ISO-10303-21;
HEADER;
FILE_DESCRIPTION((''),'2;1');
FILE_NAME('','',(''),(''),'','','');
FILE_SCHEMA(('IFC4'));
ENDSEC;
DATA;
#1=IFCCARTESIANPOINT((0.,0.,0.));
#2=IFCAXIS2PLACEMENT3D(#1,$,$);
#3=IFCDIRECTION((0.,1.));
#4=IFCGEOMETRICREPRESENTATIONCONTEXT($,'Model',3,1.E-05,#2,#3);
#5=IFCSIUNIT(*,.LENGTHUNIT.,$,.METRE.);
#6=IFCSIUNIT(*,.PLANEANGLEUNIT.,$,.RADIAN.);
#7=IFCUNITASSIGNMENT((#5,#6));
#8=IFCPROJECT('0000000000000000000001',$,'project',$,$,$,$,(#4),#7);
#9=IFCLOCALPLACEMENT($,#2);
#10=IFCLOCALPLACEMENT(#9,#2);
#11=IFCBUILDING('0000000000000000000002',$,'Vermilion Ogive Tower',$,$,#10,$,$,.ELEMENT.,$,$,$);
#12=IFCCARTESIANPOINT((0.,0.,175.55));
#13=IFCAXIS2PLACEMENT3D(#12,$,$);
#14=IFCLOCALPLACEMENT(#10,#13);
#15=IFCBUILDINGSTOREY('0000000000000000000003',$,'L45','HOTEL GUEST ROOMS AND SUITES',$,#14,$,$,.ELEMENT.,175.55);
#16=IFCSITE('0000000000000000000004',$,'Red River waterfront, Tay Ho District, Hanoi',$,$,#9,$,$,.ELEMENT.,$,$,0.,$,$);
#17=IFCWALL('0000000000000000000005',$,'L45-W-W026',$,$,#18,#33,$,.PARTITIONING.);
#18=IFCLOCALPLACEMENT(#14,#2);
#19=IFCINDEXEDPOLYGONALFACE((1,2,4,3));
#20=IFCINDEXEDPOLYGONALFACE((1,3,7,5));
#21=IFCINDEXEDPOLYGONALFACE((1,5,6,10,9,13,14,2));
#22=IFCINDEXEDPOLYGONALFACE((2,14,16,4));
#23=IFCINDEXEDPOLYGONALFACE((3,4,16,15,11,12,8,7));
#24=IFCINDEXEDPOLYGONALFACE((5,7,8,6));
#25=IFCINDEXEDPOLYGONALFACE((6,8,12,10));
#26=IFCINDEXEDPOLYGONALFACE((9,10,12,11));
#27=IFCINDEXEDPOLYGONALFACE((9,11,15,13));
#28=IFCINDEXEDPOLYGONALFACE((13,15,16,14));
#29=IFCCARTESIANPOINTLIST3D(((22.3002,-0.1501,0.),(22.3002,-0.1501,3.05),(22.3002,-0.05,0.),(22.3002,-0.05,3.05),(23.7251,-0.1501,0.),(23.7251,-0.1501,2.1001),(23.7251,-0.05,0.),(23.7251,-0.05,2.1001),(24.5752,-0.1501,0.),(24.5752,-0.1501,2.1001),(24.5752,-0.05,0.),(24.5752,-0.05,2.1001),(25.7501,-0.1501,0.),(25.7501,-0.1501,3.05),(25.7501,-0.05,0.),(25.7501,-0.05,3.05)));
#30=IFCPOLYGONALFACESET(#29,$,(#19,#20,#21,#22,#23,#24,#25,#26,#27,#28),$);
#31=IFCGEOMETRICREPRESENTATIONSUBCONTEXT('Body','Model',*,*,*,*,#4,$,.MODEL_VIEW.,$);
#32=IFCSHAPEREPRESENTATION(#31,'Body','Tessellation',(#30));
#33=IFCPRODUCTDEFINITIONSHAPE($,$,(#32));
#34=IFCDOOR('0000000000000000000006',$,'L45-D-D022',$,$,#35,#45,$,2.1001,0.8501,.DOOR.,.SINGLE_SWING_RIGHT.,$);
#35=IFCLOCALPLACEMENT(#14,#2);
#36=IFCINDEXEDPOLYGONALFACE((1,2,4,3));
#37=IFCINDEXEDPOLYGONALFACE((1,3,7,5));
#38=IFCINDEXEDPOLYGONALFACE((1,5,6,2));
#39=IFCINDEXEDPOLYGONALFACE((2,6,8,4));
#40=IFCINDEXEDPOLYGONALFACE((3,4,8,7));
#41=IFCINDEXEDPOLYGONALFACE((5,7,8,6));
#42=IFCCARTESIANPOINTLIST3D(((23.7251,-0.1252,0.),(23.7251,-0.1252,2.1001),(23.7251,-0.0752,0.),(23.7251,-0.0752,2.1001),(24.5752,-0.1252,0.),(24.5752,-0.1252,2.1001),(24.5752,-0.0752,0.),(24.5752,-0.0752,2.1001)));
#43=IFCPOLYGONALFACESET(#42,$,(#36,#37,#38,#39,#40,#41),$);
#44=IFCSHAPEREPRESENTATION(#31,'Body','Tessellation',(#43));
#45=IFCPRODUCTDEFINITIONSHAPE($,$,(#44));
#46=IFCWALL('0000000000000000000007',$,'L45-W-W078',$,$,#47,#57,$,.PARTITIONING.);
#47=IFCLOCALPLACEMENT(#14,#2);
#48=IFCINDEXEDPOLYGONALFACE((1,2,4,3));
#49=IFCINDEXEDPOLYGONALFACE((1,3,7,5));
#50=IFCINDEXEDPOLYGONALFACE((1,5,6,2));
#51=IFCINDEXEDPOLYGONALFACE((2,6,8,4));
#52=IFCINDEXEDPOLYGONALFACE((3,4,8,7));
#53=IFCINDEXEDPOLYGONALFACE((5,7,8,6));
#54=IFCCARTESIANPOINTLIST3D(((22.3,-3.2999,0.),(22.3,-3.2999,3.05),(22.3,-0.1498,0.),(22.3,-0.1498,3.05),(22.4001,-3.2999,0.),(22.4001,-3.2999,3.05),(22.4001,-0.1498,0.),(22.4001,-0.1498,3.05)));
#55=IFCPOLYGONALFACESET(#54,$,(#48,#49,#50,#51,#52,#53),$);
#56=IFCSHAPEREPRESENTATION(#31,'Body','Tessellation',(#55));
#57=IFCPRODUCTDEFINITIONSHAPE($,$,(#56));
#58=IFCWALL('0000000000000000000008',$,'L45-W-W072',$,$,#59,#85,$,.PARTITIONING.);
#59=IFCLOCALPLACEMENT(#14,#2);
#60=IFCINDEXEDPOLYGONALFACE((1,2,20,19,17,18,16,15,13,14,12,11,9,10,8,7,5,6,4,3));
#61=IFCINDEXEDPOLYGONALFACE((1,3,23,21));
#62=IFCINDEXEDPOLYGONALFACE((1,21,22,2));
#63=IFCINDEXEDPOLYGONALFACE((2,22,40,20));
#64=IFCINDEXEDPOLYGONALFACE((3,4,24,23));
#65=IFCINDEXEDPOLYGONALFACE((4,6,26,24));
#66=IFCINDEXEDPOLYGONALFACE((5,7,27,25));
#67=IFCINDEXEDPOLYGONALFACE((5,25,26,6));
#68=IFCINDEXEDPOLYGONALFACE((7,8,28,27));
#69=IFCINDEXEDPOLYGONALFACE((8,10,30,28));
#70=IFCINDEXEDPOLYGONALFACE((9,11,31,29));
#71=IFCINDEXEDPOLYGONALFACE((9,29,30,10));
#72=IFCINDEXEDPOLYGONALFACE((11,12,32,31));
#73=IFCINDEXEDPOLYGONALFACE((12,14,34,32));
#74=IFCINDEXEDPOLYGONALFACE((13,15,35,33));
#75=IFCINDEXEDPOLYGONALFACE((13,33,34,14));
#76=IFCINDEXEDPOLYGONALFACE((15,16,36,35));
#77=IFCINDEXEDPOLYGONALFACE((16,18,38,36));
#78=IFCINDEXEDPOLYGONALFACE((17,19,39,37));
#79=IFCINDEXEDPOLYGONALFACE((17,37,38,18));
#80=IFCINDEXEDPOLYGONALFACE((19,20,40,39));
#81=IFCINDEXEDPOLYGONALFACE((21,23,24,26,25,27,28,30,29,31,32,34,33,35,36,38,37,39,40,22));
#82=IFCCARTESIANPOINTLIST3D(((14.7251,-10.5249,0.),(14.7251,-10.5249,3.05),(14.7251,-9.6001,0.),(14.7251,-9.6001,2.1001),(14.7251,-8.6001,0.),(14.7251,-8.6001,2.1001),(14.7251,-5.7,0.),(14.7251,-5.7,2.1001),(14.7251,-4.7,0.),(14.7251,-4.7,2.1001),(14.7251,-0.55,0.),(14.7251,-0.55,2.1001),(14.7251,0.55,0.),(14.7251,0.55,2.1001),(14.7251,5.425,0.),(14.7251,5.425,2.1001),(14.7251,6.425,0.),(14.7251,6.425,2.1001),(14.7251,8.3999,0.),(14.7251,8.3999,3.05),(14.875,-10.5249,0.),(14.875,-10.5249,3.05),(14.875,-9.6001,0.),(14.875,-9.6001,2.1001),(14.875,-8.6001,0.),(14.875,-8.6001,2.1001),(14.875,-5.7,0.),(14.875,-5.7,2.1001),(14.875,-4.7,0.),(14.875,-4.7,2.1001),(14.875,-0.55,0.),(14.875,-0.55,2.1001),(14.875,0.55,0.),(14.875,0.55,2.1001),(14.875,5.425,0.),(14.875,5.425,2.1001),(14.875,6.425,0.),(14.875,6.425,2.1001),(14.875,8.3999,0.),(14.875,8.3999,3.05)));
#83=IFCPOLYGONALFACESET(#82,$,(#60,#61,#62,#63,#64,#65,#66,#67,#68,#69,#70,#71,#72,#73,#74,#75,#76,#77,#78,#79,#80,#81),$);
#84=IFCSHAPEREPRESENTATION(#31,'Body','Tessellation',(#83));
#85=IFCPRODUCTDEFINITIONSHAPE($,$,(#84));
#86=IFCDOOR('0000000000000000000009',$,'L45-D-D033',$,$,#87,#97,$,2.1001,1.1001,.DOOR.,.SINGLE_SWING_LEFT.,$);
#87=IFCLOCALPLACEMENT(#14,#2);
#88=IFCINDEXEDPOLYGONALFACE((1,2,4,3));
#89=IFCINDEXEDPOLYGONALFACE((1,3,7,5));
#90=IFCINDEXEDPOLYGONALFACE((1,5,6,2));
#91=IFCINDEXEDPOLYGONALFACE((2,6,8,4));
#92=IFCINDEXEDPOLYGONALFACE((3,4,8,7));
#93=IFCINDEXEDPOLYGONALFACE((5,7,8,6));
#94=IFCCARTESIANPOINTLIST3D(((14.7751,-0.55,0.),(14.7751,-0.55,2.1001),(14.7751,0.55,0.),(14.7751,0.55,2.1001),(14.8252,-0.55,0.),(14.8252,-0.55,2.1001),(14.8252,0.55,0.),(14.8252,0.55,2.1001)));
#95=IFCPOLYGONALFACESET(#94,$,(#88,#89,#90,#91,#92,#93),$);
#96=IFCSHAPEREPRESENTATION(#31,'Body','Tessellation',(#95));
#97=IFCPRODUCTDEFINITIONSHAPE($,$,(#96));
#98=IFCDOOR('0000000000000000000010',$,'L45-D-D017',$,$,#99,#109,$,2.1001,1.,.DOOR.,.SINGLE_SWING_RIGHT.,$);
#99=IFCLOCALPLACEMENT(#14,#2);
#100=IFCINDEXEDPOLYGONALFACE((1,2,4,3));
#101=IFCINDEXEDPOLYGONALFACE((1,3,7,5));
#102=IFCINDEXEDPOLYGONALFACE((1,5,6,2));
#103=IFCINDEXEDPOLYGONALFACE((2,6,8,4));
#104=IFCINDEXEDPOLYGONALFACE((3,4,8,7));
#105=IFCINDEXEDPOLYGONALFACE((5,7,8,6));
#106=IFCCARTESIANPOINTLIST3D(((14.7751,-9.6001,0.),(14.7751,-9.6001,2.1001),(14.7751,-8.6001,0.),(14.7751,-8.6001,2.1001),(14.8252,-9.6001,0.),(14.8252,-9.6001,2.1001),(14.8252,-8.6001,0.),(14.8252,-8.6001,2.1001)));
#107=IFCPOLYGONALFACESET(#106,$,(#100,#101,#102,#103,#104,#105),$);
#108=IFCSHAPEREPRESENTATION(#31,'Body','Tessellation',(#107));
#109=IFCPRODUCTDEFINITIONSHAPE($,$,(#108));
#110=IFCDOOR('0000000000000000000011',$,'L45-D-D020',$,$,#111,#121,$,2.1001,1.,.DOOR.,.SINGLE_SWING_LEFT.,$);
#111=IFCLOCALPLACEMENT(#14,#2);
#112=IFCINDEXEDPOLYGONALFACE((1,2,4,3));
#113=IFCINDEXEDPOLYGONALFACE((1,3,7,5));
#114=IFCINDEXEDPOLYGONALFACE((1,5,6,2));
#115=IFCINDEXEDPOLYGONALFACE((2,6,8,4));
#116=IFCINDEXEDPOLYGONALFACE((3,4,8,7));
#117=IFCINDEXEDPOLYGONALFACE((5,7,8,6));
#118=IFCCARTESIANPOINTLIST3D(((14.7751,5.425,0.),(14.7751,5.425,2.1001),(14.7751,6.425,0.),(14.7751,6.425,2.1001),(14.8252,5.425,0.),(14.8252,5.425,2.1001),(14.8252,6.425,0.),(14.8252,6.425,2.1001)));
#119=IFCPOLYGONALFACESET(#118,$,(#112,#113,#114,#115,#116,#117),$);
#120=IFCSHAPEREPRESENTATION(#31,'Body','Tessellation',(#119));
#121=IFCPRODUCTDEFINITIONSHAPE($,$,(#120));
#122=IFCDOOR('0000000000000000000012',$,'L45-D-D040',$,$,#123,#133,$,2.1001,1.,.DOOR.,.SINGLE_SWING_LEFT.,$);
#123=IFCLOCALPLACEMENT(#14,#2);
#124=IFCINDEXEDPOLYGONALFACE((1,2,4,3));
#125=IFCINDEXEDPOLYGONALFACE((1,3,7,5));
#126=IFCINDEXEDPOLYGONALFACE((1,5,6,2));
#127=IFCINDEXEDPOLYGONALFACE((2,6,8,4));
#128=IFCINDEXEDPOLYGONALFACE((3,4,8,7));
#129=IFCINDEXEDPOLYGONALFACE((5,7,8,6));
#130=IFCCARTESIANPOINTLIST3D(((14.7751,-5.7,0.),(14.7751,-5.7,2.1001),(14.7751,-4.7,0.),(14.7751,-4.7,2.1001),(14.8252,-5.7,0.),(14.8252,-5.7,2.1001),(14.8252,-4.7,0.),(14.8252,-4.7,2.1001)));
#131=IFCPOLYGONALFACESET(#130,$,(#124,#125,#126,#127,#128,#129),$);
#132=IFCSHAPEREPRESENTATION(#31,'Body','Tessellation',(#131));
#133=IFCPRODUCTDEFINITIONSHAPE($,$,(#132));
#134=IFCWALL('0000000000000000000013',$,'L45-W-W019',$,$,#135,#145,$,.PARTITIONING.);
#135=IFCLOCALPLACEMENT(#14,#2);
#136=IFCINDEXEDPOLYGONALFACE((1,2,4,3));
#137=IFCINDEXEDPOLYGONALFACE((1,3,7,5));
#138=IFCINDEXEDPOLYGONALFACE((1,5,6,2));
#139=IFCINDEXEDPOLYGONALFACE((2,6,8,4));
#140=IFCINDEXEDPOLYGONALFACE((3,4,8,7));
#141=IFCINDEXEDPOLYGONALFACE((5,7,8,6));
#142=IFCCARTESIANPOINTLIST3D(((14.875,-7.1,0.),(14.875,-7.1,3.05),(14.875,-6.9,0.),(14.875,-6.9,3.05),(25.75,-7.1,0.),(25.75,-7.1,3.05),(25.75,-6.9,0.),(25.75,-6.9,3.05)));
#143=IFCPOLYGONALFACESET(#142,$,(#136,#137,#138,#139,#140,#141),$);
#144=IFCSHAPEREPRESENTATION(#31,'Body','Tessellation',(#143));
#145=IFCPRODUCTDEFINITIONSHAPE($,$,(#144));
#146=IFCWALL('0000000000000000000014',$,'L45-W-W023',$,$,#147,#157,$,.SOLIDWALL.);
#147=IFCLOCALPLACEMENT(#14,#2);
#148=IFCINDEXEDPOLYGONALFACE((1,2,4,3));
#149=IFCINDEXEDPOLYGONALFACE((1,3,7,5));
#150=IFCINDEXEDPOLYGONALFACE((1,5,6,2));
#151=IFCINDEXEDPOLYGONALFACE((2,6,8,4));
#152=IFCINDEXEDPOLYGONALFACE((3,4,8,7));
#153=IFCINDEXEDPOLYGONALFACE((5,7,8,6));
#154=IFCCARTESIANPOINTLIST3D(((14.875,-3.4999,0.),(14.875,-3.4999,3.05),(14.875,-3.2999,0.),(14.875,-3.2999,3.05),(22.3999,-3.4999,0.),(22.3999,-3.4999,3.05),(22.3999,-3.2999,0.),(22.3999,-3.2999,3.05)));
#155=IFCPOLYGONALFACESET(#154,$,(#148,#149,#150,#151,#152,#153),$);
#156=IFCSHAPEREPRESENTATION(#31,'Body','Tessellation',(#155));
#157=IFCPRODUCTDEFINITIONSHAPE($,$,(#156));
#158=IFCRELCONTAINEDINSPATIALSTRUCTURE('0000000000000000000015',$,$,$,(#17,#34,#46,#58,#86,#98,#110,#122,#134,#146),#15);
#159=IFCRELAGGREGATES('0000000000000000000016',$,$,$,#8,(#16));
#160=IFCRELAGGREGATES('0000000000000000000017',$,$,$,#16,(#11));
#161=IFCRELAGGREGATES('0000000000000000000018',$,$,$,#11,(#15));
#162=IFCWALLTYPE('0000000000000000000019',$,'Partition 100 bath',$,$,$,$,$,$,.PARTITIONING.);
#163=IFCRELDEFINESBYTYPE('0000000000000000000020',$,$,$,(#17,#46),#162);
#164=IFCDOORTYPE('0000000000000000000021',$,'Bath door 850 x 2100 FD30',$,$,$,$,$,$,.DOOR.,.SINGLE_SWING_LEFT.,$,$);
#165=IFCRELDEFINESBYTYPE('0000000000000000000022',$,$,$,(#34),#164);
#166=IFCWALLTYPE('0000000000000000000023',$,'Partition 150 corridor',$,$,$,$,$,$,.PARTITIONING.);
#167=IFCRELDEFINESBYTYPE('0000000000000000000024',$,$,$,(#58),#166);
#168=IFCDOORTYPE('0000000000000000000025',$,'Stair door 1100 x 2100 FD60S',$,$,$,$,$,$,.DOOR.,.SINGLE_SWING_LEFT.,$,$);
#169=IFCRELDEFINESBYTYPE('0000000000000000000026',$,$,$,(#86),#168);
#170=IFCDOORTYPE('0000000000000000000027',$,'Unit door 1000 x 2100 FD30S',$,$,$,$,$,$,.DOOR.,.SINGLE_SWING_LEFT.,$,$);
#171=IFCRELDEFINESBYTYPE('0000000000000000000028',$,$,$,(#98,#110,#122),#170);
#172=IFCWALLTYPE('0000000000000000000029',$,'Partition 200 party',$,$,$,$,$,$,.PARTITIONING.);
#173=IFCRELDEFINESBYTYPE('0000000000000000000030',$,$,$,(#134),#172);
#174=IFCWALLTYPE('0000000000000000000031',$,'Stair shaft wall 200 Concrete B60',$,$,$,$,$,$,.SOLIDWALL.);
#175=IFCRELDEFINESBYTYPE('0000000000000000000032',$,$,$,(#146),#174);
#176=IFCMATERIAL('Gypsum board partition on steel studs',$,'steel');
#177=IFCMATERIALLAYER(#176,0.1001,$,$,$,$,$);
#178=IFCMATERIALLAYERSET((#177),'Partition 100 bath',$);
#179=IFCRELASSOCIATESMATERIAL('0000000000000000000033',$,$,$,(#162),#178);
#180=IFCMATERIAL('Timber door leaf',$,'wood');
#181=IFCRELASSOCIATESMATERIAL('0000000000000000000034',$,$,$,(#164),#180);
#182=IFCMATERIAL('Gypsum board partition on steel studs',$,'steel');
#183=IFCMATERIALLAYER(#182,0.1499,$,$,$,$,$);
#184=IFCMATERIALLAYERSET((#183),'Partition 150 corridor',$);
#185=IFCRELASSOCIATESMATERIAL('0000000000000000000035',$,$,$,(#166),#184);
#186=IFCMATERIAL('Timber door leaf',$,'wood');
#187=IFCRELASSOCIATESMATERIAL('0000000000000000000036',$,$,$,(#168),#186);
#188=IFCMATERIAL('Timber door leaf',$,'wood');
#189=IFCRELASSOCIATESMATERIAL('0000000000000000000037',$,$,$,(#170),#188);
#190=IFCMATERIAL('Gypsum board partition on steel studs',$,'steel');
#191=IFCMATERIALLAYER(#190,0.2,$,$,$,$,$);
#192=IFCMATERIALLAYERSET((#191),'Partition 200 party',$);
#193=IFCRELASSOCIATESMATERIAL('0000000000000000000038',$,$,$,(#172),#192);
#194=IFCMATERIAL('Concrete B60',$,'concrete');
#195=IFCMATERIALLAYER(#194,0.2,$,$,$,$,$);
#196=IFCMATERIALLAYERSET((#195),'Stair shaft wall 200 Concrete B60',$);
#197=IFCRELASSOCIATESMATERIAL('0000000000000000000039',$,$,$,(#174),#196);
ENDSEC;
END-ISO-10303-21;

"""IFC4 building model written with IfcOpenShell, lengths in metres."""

from ifc_helpers import new_model, si_unit, direction, frame, frame_2d, origin, place, context, subcontext, project, spatial, rectangle, extrude, material, layer, layer_set, type_object, element, fill, save


model = new_model("IFC4")

# Units and contexts
model_context = context("Model", 3, precision=1e-05, world=origin(), true_north=direction((0.0, 1.0)))
body_context = subcontext(model_context, "Body", "Model", "MODEL_VIEW")
ifc_project = project(units=[si_unit("LENGTHUNIT", "METRE"), si_unit("PLANEANGLEUNIT", "RADIAN")], contexts=[model_context])

# Site, building, storey
site_placement = place(None, origin())
site = spatial("IfcSite", under=ifc_project, at=site_placement, Name="Red River waterfront, Tay Ho District, Hanoi", CompositionType="ELEMENT", RefElevation=0.0)
building_placement = place(site_placement, origin())
building = spatial("IfcBuilding", under=site, at=building_placement, Name="Vermilion Ogive Tower", CompositionType="ELEMENT")
storey_placement = place(building_placement, frame((0.0, 0.0, 175.55)))
storey = spatial("IfcBuildingStorey", under=building, at=storey_placement, Name="L45", Description="HOTEL GUEST ROOMS AND SUITES", CompositionType="ELEMENT", Elevation=175.55)

# Shared definitions
ifc_material_1 = material(Name="Gypsum board partition on steel studs", Category="steel")
ifc_layer_1 = layer(ifc_material_1, 0.1001)
ifc_layer_set_1 = layer_set([ifc_layer_1], Name="Partition 100 bath")
wall_type_1 = type_object("IfcWallType", Name="Partition 100 bath", PredefinedType="PARTITIONING", material=ifc_layer_set_1)

# Wall, opening, door
wall_1_placement = place(storey_placement, frame((22.3, -0.1001, 0.0), z_axis=(0.0, 0.0, 1.0), x_axis=(1.0, 0.0, 0.0)))
wall_1 = element("IfcWall", 1, at=wall_1_placement, inside=storey, type_object=wall_type_1, Name="L45-W-W026", PredefinedType="PARTITIONING", context=body_context, shape_type="SweptSolid", body=[
    extrude(rectangle(XDim=3.45, YDim=0.1001, at=frame_2d((1.7251, 0.0))), origin(), (0.0, 0.0, 1.0), 3.05),
])
opening_1_placement = place(wall_1_placement, frame((1.425, 0.0, 0.0)))
opening_1 = element("IfcOpeningElement", 2, at=opening_1_placement, cuts=wall_1, PredefinedType="OPENING", context=body_context, shape_type="SweptSolid", body=[
    extrude(rectangle(XDim=0.8501, YDim=2.1001, at=frame_2d((0.425, 1.05))), frame((0.0, 0.0601, 0.0), z_axis=(0.0, -1.0, 0.0), x_axis=(1.0, 0.0, 0.0)), (0.0, 0.0, 1.0), 0.1201),
])
ifc_material_2 = material(Name="Timber door leaf", Category="wood")
door_type_1 = type_object("IfcDoorType", Name="Bath door 850 x 2100 FD30", OperationType="SINGLE_SWING_LEFT", PredefinedType="DOOR", material=ifc_material_2)
door_1_placement = place(opening_1_placement, origin())
door_1 = element("IfcDoor", 3, at=door_1_placement, inside=storey, type_object=door_type_1, Name="L45-D-D022", OperationType="SINGLE_SWING_RIGHT", OverallHeight=2.1001, OverallWidth=0.8501, PredefinedType="DOOR", context=body_context, shape_type="SweptSolid", body=[
    extrude(rectangle(XDim=0.8501, YDim=2.1001, at=frame_2d((0.425, 1.05))), frame((0.0, 0.0249, 0.0), z_axis=(0.0, -1.0, 0.0), x_axis=(1.0, 0.0, 0.0)), (0.0, 0.0, 1.0), 0.05),
])
fill(opening_1, door_1)

# Wall
wall_2_placement = place(storey_placement, frame((22.3501, -3.3, 0.0), z_axis=(0.0, 0.0, 1.0), x_axis=(0.0, 1.0, 0.0)))
element("IfcWall", 4, at=wall_2_placement, inside=storey, type_object=wall_type_1, Name="L45-W-W078", PredefinedType="PARTITIONING", context=body_context, shape_type="SweptSolid", body=[
    extrude(rectangle(XDim=3.1501, YDim=0.1001, at=frame_2d((1.5752, 0.0))), origin(), (0.0, 0.0, 1.0), 3.05),
])

# Wall, openings, doors
ifc_material_3 = material(Name="Gypsum board partition on steel studs", Category="steel")
ifc_layer_2 = layer(ifc_material_3, 0.1499)
ifc_layer_set_2 = layer_set([ifc_layer_2], Name="Partition 150 corridor")
wall_type_2 = type_object("IfcWallType", Name="Partition 150 corridor", PredefinedType="PARTITIONING", material=ifc_layer_set_2)
wall_3_placement = place(storey_placement, frame((14.8, -10.5249, 0.0), z_axis=(0.0, 0.0, 1.0), x_axis=(0.0, 1.0, 0.0)))
wall_3 = element("IfcWall", 5, at=wall_3_placement, inside=storey, type_object=wall_type_2, Name="L45-W-W072", PredefinedType="PARTITIONING", context=body_context, shape_type="SweptSolid", body=[
    extrude(rectangle(XDim=18.9248, YDim=0.1499, at=frame_2d((9.4624, 0.0))), origin(), (0.0, 0.0, 1.0), 3.05),
])
opening_2_placement = place(wall_3_placement, frame((0.9248, 0.0, 0.0)))
opening_2 = element("IfcOpeningElement", 6, at=opening_2_placement, cuts=wall_3, PredefinedType="OPENING", context=body_context, shape_type="SweptSolid", body=[
    extrude(rectangle(XDim=1.0, YDim=2.1001, at=frame_2d((0.5, 1.05))), frame((0.0, 0.085, 0.0), z_axis=(0.0, -1.0, 0.0), x_axis=(1.0, 0.0, 0.0)), (0.0, 0.0, 1.0), 0.1699),
])
opening_3_placement = place(wall_3_placement, frame((15.95, 0.0, 0.0)))
opening_3 = element("IfcOpeningElement", 7, at=opening_3_placement, cuts=wall_3, PredefinedType="OPENING", context=body_context, shape_type="SweptSolid", body=[
    extrude(rectangle(XDim=1.0, YDim=2.1001, at=frame_2d((0.5, 1.05))), frame((0.0, 0.085, 0.0), z_axis=(0.0, -1.0, 0.0), x_axis=(1.0, 0.0, 0.0)), (0.0, 0.0, 1.0), 0.1699),
])
opening_4_placement = place(wall_3_placement, frame((9.9749, 0.0, 0.0)))
opening_4 = element("IfcOpeningElement", 8, at=opening_4_placement, cuts=wall_3, PredefinedType="OPENING", context=body_context, shape_type="SweptSolid", body=[
    extrude(rectangle(XDim=1.1001, YDim=2.1001, at=frame_2d((0.55, 1.05))), frame((0.0, 0.085, 0.0), z_axis=(0.0, -1.0, 0.0), x_axis=(1.0, 0.0, 0.0)), (0.0, 0.0, 1.0), 0.1699),
])
opening_5_placement = place(wall_3_placement, frame((4.825, 0.0, 0.0)))
opening_5 = element("IfcOpeningElement", 9, at=opening_5_placement, cuts=wall_3, PredefinedType="OPENING", context=body_context, shape_type="SweptSolid", body=[
    extrude(rectangle(XDim=1.0, YDim=2.1001, at=frame_2d((0.5, 1.05))), frame((0.0, 0.085, 0.0), z_axis=(0.0, -1.0, 0.0), x_axis=(1.0, 0.0, 0.0)), (0.0, 0.0, 1.0), 0.1699),
])
ifc_material_4 = material(Name="Timber door leaf", Category="wood")
door_type_2 = type_object("IfcDoorType", Name="Stair door 1100 x 2100 FD60S", OperationType="SINGLE_SWING_LEFT", PredefinedType="DOOR", material=ifc_material_4)
door_2_placement = place(opening_4_placement, origin())
door_2 = element("IfcDoor", 10, at=door_2_placement, inside=storey, type_object=door_type_2, Name="L45-D-D033", OperationType="SINGLE_SWING_LEFT", OverallHeight=2.1001, OverallWidth=1.1001, PredefinedType="DOOR", context=body_context, shape_type="SweptSolid", body=[
    extrude(rectangle(XDim=1.1001, YDim=2.1001, at=frame_2d((0.55, 1.05))), frame((0.0, 0.0249, 0.0), z_axis=(0.0, -1.0, 0.0), x_axis=(1.0, 0.0, 0.0)), (0.0, 0.0, 1.0), 0.05),
])
fill(opening_4, door_2)
ifc_material_5 = material(Name="Timber door leaf", Category="wood")
door_type_3 = type_object("IfcDoorType", Name="Unit door 1000 x 2100 FD30S", OperationType="SINGLE_SWING_LEFT", PredefinedType="DOOR", material=ifc_material_5)
door_3_placement = place(opening_2_placement, origin())
door_3 = element("IfcDoor", 11, at=door_3_placement, inside=storey, type_object=door_type_3, Name="L45-D-D017", OperationType="SINGLE_SWING_RIGHT", OverallHeight=2.1001, OverallWidth=1.0, PredefinedType="DOOR", context=body_context, shape_type="SweptSolid", body=[
    extrude(rectangle(XDim=1.0, YDim=2.1001, at=frame_2d((0.5, 1.05))), frame((0.0, 0.0249, 0.0), z_axis=(0.0, -1.0, 0.0), x_axis=(1.0, 0.0, 0.0)), (0.0, 0.0, 1.0), 0.05),
])
fill(opening_2, door_3)
door_4_placement = place(opening_3_placement, origin())
door_4 = element("IfcDoor", 12, at=door_4_placement, inside=storey, type_object=door_type_3, Name="L45-D-D020", OperationType="SINGLE_SWING_LEFT", OverallHeight=2.1001, OverallWidth=1.0, PredefinedType="DOOR", context=body_context, shape_type="SweptSolid", body=[
    extrude(rectangle(XDim=1.0, YDim=2.1001, at=frame_2d((0.5, 1.05))), frame((0.0, 0.0249, 0.0), z_axis=(0.0, -1.0, 0.0), x_axis=(1.0, 0.0, 0.0)), (0.0, 0.0, 1.0), 0.05),
])
fill(opening_3, door_4)
door_5_placement = place(opening_5_placement, origin())
door_5 = element("IfcDoor", 13, at=door_5_placement, inside=storey, type_object=door_type_3, Name="L45-D-D040", OperationType="SINGLE_SWING_LEFT", OverallHeight=2.1001, OverallWidth=1.0, PredefinedType="DOOR", context=body_context, shape_type="SweptSolid", body=[
    extrude(rectangle(XDim=1.0, YDim=2.1001, at=frame_2d((0.5, 1.05))), frame((0.0, 0.0249, 0.0), z_axis=(0.0, -1.0, 0.0), x_axis=(1.0, 0.0, 0.0)), (0.0, 0.0, 1.0), 0.05),
])
fill(opening_5, door_5)

# Walls
ifc_material_6 = material(Name="Gypsum board partition on steel studs", Category="steel")
ifc_layer_3 = layer(ifc_material_6, 0.2)
ifc_layer_set_3 = layer_set([ifc_layer_3], Name="Partition 200 party")
wall_type_3 = type_object("IfcWallType", Name="Partition 200 party", PredefinedType="PARTITIONING", material=ifc_layer_set_3)
wall_4_placement = place(storey_placement, frame((14.875, -7.0, 0.0), z_axis=(0.0, 0.0, 1.0), x_axis=(1.0, 0.0, 0.0)))
element("IfcWall", 14, at=wall_4_placement, inside=storey, type_object=wall_type_3, Name="L45-W-W019", PredefinedType="PARTITIONING", context=body_context, shape_type="SweptSolid", body=[
    extrude(rectangle(XDim=10.875, YDim=0.2, at=frame_2d((5.4375, 0.0))), origin(), (0.0, 0.0, 1.0), 3.05),
])
ifc_material_7 = material(Name="Concrete B60", Category="concrete")
ifc_layer_4 = layer(ifc_material_7, 0.2)
ifc_layer_set_4 = layer_set([ifc_layer_4], Name="Stair shaft wall 200 Concrete B60")
wall_type_4 = type_object("IfcWallType", Name="Stair shaft wall 200 Concrete B60", PredefinedType="SOLIDWALL", material=ifc_layer_set_4)
wall_5_placement = place(storey_placement, frame((14.875, -3.3999, 0.0), z_axis=(0.0, 0.0, 1.0), x_axis=(1.0, 0.0, 0.0)))
element("IfcWall", 15, at=wall_5_placement, inside=storey, type_object=wall_type_4, Name="L45-W-W023", PredefinedType="SOLIDWALL", context=body_context, shape_type="SweptSolid", body=[
    extrude(rectangle(XDim=7.5249, YDim=0.2, at=frame_2d((3.7625, 0.0))), origin(), (0.0, 0.0, 1.0), 3.05),
])

save(model, "model.ifc")
